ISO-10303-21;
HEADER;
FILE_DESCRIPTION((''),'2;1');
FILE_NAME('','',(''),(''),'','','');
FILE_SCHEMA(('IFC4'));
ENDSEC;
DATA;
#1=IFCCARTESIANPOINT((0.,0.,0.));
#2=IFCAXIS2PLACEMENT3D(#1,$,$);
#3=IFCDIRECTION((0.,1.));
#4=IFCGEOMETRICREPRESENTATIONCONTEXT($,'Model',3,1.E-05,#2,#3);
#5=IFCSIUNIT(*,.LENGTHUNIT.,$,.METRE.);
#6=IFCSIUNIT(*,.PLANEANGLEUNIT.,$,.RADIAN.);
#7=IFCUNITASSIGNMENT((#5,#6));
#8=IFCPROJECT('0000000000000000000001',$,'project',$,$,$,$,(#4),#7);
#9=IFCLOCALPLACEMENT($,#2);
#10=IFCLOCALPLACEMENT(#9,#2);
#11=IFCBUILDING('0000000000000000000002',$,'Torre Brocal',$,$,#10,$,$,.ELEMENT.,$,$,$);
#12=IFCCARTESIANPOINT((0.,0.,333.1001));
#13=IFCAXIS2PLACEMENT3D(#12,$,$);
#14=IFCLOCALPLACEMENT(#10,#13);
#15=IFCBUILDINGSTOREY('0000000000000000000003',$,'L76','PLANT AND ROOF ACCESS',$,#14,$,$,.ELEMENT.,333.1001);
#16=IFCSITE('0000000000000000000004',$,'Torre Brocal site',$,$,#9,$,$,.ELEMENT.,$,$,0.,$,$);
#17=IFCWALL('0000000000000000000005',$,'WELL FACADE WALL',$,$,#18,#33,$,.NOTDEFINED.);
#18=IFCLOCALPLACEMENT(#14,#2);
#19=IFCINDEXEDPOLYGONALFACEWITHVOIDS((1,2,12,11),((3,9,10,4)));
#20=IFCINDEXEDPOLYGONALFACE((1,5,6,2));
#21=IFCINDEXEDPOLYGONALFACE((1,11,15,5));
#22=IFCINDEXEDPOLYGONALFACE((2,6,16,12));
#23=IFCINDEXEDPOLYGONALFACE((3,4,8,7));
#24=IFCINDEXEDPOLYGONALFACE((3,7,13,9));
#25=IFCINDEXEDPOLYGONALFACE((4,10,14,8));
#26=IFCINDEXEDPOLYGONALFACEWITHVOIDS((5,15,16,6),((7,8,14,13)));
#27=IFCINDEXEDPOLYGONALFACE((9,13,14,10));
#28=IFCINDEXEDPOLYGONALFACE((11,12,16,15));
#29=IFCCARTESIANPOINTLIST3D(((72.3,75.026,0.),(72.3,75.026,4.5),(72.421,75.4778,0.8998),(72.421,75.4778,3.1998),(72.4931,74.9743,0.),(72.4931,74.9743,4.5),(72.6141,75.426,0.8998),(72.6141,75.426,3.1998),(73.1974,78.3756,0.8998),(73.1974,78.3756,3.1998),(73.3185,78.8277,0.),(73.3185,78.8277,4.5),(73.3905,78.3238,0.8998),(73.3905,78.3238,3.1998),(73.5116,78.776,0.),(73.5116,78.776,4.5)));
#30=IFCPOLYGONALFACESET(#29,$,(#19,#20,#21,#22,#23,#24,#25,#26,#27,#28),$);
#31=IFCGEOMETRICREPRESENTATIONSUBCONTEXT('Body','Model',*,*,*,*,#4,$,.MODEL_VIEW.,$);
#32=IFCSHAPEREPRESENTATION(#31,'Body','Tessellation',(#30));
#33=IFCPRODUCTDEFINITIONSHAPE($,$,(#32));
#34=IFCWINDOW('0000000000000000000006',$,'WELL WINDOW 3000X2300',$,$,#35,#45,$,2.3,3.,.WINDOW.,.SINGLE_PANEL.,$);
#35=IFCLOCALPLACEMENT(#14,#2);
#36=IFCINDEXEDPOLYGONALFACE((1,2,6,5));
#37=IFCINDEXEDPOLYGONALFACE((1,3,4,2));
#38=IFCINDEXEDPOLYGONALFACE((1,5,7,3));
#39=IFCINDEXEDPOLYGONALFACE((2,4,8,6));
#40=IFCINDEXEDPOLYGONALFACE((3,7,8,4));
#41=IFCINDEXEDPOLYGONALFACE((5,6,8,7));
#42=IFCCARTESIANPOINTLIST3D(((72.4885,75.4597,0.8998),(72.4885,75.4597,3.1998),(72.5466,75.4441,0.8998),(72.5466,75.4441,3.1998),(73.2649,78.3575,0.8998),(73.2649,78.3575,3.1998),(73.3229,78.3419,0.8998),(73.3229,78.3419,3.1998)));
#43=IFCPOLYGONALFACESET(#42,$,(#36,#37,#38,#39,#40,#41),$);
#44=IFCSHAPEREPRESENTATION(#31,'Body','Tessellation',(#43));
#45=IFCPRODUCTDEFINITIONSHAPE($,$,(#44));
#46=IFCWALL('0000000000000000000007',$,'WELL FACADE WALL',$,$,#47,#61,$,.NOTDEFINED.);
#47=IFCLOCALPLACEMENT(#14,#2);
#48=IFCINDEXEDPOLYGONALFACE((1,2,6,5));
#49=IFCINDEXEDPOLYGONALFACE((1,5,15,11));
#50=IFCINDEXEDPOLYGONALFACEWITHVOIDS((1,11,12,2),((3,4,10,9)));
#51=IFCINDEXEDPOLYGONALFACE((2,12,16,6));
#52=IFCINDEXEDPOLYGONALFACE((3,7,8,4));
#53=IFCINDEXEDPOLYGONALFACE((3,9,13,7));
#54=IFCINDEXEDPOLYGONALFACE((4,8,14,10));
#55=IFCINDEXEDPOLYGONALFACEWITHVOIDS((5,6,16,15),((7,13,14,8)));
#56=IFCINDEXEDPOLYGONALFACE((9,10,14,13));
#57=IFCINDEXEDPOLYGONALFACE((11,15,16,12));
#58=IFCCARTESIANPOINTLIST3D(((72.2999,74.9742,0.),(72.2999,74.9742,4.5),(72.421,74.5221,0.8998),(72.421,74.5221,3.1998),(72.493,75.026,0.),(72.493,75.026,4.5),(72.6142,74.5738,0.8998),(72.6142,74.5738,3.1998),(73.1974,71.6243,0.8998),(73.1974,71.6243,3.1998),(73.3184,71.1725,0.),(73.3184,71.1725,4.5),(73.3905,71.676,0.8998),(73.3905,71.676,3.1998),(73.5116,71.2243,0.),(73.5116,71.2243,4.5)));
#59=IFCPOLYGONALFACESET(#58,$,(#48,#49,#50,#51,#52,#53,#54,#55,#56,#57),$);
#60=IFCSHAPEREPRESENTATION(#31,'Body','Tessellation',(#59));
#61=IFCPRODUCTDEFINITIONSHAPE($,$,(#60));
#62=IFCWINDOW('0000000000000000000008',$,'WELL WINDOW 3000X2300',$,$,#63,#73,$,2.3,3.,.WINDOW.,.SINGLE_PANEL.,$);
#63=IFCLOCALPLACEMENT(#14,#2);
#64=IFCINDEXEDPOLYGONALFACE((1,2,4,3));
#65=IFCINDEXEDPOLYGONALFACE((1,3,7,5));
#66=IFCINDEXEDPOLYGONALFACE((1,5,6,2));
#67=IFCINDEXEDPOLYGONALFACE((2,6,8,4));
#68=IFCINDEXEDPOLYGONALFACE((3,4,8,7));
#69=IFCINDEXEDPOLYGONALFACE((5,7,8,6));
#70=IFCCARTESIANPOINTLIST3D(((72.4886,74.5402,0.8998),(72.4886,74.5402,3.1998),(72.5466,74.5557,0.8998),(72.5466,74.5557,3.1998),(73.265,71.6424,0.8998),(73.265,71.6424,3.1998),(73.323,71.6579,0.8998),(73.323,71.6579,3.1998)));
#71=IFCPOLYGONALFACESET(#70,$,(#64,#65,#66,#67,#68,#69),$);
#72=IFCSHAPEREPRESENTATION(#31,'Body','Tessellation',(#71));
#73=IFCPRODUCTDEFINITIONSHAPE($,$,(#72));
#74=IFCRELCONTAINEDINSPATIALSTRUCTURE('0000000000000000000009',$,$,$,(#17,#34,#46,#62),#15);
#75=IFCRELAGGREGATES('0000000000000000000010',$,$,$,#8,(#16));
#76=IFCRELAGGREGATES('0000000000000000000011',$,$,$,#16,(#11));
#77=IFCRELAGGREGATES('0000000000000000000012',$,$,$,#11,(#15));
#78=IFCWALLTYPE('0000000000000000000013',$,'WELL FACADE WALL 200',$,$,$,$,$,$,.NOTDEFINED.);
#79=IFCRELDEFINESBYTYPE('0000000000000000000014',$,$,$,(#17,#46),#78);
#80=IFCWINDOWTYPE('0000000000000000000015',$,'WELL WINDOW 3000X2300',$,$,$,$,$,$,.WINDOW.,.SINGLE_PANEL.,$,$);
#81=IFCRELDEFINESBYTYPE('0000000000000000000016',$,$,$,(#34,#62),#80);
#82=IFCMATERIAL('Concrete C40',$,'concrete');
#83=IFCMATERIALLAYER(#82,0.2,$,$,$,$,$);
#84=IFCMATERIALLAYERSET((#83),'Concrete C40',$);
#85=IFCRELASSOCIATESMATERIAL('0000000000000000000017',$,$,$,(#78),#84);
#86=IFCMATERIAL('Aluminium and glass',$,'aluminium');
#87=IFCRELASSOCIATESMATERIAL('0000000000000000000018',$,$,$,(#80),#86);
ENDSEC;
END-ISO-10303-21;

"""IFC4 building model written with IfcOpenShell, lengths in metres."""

from ifc_helpers import new_model, si_unit, direction, frame, frame_2d, origin, place, context, subcontext, project, spatial, rectangle, extrude, material, layer, layer_set, type_object, element, fill, save


model = new_model("IFC4")

# Units and contexts
model_context = context("Model", 3, precision=1e-05, world=origin(), true_north=direction((0.0, 1.0)))
body_context = subcontext(model_context, "Body", "Model", "MODEL_VIEW")
ifc_project = project(units=[si_unit("LENGTHUNIT", "METRE"), si_unit("PLANEANGLEUNIT", "RADIAN")], contexts=[model_context])

# Site, building, storey
site_placement = place(None, origin())
site = spatial("IfcSite", under=ifc_project, at=site_placement, Name="Torre Brocal site", CompositionType="ELEMENT", RefElevation=0.0)
building_placement = place(site_placement, origin())
building = spatial("IfcBuilding", under=site, at=building_placement, Name="Torre Brocal", CompositionType="ELEMENT")
storey_placement = place(building_placement, frame((0.0, 0.0, 333.1001)))
storey = spatial("IfcBuildingStorey", under=building, at=storey_placement, Name="L76", Description="PLANT AND ROOF ACCESS", CompositionType="ELEMENT", Elevation=333.1001)

# Walls, openings, windows
ifc_material_1 = material(Name="Concrete C40", Category="concrete")
ifc_layer_1 = layer(ifc_material_1, 0.2)
ifc_layer_set_1 = layer_set([ifc_layer_1], Name="Concrete C40")
wall_type_1 = type_object("IfcWallType", Name="WELL FACADE WALL 200", PredefinedType="NOTDEFINED", material=ifc_layer_set_1)
ifc_material_2 = material(Name="Aluminium and glass", Category="aluminium")
window_type = type_object("IfcWindowType", Name="WELL WINDOW 3000X2300", PartitioningType="SINGLE_PANEL", PredefinedType="WINDOW", material=ifc_material_2)
wall_1_placement = place(storey_placement, frame((73.415, 78.8018, 0.0), z_axis=(0.0, 0.0, 1.0), x_axis=(-0.25879, -0.965934, 0.0)))
wall_1 = element("IfcWall", 1, at=wall_1_placement, inside=storey, type_object=wall_type_1, Name="WELL FACADE WALL", PredefinedType="NOTDEFINED", context=body_context, shape_type="SweptSolid", body=[
    extrude(rectangle(XDim=3.9358, YDim=0.2, at=frame_2d((1.9678, 0.0))), origin(), (0.0, 0.0, 1.0), 4.5),
])
opening_1_placement = place(wall_1_placement, frame((0.468, 0.0, 0.8999)))
opening_1 = element("IfcOpeningElement", 2, at=opening_1_placement, cuts=wall_1, PredefinedType="OPENING", context=body_context, shape_type="SweptSolid", body=[
    extrude(rectangle(XDim=3.0, YDim=2.3, at=frame_2d((1.5, 1.1499))), frame((0.0, 0.1099, 0.0), z_axis=(0.0, -1.0, 0.0), x_axis=(1.0, 0.0, 0.0)), (0.0, 0.0, 1.0), 0.22),
])
window_1_placement = place(opening_1_placement, origin())
window_1 = element("IfcWindow", 3, at=window_1_placement, inside=storey, type_object=window_type, Name="WELL WINDOW 3000X2300", OverallHeight=2.3, OverallWidth=3.0, PartitioningType="SINGLE_PANEL", PredefinedType="WINDOW", context=body_context, shape_type="SweptSolid", body=[
    extrude(rectangle(XDim=3.0, YDim=2.3, at=frame_2d((1.5, 1.1499))), frame((0.0, 0.03, 0.0), z_axis=(0.0, -1.0, 0.0), x_axis=(1.0, 0.0, 0.0)), (0.0, 0.0, 1.0), 0.0601),
])
fill(opening_1, window_1)
wall_2_placement = place(storey_placement, frame((72.3965, 75.0, 0.0), z_axis=(0.0, 0.0, 1.0), x_axis=(0.25879, -0.965934, 0.0)))
wall_2 = element("IfcWall", 4, at=wall_2_placement, inside=storey, type_object=wall_type_1, Name="WELL FACADE WALL", PredefinedType="NOTDEFINED", context=body_context, shape_type="SweptSolid", body=[
    extrude(rectangle(XDim=3.9358, YDim=0.2, at=frame_2d((1.9678, 0.0))), origin(), (0.0, 0.0, 1.0), 4.5),
])
opening_2_placement = place(wall_2_placement, frame((0.468, 0.0, 0.8999)))
opening_2 = element("IfcOpeningElement", 5, at=opening_2_placement, cuts=wall_2, PredefinedType="OPENING", context=body_context, shape_type="SweptSolid", body=[
    extrude(rectangle(XDim=3.0, YDim=2.3, at=frame_2d((1.5, 1.1499))), frame((0.0, 0.1099, 0.0), z_axis=(0.0, -1.0, 0.0), x_axis=(1.0, 0.0, 0.0)), (0.0, 0.0, 1.0), 0.22),
])
window_2_placement = place(opening_2_placement, origin())
window_2 = element("IfcWindow", 6, at=window_2_placement, inside=storey, type_object=window_type, Name="WELL WINDOW 3000X2300", OverallHeight=2.3, OverallWidth=3.0, PartitioningType="SINGLE_PANEL", PredefinedType="WINDOW", context=body_context, shape_type="SweptSolid", body=[
    extrude(rectangle(XDim=3.0, YDim=2.3, at=frame_2d((1.5, 1.1499))), frame((0.0, 0.03, 0.0), z_axis=(0.0, -1.0, 0.0), x_axis=(1.0, 0.0, 0.0)), (0.0, 0.0, 1.0), 0.0601),
])
fill(opening_2, window_2)

save(model, "model.ifc")
